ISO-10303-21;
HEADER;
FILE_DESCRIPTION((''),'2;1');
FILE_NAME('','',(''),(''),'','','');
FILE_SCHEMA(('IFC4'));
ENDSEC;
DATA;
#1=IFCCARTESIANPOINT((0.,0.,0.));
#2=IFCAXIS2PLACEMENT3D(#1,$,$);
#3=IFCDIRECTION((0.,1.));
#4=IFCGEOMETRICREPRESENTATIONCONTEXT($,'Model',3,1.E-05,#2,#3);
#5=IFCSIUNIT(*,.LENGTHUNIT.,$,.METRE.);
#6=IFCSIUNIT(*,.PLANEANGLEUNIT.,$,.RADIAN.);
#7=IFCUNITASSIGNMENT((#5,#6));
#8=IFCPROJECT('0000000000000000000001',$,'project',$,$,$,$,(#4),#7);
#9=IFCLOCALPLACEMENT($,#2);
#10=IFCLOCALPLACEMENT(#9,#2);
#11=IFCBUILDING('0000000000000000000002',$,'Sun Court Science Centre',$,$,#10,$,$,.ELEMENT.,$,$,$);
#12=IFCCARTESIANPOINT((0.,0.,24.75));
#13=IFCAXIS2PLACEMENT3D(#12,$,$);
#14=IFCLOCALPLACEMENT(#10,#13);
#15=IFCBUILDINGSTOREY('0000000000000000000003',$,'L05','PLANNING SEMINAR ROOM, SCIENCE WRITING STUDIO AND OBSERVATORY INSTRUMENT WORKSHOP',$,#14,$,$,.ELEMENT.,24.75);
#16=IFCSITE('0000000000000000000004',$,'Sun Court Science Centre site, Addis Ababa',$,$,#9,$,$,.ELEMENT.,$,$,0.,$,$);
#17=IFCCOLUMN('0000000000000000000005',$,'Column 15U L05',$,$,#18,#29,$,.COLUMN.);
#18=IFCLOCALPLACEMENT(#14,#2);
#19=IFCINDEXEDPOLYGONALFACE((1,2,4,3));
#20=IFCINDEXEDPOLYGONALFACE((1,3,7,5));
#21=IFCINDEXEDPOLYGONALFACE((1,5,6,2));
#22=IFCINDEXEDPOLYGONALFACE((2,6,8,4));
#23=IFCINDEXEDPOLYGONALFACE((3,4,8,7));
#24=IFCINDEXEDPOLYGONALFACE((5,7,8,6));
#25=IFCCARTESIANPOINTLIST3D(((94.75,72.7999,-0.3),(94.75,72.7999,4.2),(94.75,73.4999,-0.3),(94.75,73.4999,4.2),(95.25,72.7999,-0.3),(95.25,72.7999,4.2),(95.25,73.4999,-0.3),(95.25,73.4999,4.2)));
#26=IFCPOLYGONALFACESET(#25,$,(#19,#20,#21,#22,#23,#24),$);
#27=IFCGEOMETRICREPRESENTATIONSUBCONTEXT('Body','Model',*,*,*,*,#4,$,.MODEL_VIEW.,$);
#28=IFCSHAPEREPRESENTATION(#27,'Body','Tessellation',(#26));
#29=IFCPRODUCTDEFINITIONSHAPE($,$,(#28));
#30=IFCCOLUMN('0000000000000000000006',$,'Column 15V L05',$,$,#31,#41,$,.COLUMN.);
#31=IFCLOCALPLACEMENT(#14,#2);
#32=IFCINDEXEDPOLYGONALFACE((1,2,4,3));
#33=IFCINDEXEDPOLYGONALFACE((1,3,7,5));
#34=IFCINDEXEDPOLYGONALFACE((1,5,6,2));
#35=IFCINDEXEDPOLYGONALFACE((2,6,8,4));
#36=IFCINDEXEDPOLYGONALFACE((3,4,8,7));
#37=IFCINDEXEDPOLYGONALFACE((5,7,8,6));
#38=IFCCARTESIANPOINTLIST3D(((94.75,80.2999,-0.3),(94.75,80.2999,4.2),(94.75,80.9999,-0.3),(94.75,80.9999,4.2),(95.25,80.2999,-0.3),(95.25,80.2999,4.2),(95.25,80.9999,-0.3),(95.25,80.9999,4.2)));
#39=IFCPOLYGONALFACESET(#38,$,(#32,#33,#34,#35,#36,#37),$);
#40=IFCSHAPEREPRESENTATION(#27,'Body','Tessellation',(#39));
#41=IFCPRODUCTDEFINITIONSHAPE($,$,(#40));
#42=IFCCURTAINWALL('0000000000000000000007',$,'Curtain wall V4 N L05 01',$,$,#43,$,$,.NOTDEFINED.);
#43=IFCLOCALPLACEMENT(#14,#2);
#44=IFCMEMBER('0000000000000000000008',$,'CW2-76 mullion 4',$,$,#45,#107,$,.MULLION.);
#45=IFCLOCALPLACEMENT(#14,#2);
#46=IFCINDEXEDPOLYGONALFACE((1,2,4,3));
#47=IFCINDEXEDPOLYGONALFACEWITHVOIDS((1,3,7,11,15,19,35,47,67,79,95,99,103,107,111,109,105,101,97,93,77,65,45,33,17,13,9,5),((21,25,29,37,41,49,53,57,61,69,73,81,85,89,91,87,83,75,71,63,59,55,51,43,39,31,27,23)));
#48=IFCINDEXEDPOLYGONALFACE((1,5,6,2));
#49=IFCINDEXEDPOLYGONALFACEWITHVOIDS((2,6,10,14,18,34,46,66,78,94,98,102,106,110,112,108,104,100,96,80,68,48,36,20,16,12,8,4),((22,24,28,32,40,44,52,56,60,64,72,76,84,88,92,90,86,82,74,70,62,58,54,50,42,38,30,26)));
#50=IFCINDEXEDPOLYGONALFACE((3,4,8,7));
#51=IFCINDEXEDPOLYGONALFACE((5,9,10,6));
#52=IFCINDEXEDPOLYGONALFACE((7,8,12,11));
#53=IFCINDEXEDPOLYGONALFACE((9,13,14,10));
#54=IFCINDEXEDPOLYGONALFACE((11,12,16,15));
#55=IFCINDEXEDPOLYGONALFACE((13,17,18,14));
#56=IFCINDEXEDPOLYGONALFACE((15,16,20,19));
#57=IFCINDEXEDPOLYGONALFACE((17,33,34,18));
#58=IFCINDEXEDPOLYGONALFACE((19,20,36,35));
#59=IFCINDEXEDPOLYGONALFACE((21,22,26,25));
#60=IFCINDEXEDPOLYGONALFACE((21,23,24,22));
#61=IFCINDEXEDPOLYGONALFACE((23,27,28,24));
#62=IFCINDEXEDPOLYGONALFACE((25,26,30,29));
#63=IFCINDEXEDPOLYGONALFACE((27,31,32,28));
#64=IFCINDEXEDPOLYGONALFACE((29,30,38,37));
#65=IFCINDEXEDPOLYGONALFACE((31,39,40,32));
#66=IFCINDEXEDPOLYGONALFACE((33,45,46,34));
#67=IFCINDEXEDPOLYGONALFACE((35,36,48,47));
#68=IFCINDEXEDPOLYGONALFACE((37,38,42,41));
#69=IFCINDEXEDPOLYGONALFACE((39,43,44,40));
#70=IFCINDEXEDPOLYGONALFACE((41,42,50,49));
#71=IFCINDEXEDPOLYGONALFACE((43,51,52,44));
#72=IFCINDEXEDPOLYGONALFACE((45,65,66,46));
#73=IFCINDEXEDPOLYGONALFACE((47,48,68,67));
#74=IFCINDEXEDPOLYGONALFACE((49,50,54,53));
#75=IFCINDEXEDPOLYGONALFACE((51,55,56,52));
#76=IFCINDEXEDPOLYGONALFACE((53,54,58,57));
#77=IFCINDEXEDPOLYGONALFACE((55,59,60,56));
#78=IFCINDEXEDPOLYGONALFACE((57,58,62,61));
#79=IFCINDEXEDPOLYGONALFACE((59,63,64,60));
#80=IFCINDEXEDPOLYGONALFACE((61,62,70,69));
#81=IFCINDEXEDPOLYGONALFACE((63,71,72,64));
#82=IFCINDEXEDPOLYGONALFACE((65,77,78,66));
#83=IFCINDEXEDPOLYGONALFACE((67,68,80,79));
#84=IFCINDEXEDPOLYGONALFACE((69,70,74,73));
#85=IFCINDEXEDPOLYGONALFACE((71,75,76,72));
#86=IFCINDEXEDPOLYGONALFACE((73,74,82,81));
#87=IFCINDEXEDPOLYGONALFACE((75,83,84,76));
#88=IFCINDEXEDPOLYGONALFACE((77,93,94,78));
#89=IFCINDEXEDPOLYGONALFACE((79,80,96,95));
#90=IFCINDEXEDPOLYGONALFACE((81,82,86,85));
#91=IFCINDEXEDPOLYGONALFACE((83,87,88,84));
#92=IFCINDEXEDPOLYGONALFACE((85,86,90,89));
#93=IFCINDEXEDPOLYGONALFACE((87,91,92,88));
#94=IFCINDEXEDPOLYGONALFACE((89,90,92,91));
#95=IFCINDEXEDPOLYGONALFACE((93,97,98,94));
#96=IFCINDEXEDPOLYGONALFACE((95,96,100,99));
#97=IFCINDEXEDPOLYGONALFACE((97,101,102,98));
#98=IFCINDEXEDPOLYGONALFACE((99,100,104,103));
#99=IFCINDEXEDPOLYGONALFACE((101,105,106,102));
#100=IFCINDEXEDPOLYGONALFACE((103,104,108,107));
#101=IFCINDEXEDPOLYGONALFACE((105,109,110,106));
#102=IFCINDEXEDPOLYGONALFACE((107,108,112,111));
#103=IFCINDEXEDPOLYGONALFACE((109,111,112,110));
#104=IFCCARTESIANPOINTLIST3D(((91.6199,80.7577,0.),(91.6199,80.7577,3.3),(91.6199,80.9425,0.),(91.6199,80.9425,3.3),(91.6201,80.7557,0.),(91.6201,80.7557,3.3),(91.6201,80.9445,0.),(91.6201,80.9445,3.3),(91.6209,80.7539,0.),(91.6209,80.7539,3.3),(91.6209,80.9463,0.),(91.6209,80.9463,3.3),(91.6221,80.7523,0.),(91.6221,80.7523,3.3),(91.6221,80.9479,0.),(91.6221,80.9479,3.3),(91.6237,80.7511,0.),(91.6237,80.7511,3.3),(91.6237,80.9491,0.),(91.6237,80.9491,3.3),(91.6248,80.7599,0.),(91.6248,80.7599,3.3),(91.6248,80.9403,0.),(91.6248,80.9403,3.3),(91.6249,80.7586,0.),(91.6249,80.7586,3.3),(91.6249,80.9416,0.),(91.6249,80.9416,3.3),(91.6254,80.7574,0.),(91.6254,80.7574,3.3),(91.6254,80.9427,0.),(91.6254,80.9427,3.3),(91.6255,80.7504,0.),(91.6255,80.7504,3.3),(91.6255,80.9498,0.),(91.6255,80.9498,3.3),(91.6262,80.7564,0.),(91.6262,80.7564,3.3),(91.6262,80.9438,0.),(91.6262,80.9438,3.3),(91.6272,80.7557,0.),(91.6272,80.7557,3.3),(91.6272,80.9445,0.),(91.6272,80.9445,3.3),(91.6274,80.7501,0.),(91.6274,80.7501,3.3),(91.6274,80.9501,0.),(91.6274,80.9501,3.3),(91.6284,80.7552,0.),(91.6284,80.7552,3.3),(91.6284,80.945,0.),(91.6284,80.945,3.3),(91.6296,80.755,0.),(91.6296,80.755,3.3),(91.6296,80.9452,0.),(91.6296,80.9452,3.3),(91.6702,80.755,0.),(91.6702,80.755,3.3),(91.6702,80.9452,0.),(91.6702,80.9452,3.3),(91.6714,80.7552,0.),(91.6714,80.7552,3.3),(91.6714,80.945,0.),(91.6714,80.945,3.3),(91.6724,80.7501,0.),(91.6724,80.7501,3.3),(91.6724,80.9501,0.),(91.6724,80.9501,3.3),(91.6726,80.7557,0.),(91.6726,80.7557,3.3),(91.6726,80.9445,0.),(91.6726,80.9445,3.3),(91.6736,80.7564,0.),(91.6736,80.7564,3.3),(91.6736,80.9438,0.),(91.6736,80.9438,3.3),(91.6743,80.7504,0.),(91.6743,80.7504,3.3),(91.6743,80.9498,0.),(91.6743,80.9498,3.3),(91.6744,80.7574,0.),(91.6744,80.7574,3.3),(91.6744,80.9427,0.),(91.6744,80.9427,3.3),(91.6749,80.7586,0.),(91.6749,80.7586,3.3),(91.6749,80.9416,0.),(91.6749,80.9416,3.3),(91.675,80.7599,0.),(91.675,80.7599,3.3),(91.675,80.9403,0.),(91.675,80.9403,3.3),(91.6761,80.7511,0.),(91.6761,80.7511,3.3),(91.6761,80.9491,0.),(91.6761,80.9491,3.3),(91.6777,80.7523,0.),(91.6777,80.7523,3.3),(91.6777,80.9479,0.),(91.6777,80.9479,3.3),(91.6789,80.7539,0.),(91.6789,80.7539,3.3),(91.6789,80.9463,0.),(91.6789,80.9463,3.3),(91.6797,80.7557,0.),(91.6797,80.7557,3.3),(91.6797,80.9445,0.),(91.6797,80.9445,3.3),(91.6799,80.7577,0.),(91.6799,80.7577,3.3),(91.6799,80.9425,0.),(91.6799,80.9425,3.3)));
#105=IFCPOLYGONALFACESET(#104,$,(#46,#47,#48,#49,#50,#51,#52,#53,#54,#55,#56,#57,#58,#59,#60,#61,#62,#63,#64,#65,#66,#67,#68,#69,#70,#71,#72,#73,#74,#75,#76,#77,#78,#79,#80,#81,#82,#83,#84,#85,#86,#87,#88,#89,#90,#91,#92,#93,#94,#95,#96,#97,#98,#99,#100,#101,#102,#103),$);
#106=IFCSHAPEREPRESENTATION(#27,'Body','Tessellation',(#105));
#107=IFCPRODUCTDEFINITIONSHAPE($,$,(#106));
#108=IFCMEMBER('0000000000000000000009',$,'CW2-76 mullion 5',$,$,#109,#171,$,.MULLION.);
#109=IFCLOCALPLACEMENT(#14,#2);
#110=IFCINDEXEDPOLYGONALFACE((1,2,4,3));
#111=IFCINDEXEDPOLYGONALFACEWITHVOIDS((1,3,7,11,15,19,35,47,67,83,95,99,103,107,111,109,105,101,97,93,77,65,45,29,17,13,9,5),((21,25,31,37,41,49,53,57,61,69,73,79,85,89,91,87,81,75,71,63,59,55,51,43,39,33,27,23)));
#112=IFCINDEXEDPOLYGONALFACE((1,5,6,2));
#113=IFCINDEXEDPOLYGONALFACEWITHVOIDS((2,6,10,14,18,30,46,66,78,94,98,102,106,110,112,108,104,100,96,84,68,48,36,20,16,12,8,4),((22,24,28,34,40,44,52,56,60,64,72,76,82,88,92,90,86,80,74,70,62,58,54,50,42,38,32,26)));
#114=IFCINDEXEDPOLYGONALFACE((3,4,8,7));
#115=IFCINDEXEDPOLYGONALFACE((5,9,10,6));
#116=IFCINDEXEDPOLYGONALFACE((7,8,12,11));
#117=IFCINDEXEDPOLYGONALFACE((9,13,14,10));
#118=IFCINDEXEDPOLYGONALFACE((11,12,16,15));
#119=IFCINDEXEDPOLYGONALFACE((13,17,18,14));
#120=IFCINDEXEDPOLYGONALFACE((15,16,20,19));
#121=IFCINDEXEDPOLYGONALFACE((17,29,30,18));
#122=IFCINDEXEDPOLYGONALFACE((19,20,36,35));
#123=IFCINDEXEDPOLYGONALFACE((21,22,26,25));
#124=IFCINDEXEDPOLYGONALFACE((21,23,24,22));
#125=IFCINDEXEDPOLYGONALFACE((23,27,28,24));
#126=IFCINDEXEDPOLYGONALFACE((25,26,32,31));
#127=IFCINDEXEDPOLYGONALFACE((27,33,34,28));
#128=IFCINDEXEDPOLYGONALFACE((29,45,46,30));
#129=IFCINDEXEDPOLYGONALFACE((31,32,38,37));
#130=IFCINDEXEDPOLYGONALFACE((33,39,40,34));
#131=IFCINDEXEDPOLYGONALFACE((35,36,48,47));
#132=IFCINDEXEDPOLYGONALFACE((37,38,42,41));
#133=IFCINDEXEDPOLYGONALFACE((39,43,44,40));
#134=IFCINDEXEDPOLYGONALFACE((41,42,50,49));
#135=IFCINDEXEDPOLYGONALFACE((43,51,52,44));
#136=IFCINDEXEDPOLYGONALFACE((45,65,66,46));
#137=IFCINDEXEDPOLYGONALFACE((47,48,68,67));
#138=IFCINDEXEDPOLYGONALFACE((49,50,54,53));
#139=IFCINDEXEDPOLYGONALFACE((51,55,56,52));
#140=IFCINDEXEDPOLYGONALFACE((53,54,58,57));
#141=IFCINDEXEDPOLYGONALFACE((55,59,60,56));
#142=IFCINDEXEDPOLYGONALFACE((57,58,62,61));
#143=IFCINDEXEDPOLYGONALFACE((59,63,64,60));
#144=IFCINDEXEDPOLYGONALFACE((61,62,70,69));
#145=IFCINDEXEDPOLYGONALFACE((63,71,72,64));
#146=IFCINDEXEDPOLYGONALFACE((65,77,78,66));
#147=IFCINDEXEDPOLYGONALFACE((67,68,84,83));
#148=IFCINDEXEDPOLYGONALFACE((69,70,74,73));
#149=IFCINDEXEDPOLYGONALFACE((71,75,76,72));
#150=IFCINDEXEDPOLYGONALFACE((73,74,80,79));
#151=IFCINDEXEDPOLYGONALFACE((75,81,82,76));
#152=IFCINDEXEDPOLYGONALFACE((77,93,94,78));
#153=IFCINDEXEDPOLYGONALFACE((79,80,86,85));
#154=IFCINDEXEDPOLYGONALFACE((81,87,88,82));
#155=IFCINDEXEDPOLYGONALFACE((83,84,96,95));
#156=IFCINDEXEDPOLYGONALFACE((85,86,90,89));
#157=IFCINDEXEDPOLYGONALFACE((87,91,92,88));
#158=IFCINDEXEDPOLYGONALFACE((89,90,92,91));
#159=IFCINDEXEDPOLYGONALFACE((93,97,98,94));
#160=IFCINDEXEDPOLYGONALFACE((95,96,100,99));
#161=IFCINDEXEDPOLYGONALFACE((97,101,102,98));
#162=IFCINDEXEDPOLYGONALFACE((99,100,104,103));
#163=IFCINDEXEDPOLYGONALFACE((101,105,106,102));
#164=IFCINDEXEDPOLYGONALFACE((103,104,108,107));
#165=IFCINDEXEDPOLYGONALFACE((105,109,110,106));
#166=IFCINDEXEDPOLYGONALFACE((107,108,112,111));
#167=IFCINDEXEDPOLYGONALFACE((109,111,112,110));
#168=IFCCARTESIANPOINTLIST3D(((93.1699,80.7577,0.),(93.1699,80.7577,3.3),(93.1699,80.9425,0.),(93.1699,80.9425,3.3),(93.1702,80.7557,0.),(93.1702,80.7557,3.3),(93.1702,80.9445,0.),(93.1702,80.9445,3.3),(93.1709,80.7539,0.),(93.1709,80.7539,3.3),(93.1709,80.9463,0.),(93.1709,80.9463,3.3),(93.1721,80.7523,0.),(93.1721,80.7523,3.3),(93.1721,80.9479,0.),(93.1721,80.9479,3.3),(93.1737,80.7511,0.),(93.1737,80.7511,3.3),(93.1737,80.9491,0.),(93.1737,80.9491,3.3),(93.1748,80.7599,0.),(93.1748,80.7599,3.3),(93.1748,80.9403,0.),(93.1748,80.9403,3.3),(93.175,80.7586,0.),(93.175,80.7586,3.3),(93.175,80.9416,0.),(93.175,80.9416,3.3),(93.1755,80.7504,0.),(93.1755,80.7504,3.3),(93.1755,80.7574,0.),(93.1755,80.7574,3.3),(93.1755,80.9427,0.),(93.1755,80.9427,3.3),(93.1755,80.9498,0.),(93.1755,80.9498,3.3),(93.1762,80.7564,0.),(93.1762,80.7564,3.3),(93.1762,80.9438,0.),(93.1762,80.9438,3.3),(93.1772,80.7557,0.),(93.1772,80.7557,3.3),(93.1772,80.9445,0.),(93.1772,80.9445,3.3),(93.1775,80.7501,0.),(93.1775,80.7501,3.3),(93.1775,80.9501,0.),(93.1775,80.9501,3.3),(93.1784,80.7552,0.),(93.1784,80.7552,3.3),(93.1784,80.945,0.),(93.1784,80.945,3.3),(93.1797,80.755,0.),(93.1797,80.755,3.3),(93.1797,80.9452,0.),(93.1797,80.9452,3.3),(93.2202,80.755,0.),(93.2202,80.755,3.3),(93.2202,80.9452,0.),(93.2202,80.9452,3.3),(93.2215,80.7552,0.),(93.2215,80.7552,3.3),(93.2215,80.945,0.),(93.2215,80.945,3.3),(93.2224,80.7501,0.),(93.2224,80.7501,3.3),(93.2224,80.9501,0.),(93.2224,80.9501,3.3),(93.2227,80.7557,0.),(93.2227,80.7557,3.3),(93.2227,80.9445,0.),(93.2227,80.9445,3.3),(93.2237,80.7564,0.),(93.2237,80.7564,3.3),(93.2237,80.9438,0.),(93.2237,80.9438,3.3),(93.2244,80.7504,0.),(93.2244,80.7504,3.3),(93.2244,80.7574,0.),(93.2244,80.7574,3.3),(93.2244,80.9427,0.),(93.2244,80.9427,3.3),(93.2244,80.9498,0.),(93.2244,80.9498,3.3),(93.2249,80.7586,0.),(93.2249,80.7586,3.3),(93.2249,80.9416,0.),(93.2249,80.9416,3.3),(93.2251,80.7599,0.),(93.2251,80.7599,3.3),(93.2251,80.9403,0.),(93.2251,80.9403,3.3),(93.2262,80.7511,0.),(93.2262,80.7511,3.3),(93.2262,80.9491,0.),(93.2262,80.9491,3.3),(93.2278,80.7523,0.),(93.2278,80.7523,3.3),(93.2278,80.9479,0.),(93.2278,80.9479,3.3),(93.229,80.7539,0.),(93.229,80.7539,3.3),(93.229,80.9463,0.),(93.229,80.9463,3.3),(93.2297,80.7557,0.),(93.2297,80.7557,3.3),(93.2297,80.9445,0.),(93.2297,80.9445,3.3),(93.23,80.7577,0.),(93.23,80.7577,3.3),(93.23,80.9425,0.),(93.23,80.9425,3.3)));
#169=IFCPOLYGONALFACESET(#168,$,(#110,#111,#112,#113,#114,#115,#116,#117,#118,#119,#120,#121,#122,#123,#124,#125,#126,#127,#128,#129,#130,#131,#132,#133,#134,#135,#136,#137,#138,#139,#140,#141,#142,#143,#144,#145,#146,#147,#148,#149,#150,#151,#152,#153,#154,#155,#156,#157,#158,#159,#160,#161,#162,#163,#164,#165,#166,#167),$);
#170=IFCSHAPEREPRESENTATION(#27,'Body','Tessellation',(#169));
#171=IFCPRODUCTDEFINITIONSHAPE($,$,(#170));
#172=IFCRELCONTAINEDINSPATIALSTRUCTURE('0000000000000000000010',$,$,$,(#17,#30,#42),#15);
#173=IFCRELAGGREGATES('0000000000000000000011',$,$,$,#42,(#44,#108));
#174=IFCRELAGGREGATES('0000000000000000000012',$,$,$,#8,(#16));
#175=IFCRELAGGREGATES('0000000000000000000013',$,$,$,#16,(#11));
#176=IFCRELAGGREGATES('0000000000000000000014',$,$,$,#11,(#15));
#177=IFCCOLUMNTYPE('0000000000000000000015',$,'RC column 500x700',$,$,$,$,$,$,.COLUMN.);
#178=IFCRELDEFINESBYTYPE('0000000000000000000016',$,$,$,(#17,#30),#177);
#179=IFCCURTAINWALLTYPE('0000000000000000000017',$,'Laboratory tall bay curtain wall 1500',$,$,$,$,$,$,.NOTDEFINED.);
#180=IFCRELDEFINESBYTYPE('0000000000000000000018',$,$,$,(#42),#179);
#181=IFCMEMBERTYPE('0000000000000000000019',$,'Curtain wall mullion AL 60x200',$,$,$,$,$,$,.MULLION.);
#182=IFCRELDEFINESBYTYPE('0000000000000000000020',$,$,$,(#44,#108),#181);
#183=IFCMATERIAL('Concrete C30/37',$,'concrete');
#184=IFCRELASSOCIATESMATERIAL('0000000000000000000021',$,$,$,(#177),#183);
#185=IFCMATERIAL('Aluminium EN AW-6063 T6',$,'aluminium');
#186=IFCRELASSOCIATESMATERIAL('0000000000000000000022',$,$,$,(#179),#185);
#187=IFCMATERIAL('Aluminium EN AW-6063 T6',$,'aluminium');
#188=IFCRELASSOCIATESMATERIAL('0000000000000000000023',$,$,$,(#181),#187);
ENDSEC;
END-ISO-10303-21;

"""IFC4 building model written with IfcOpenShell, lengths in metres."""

from ifc_helpers import new_model, si_unit, direction, frame, origin, origin_2d, place, context, subcontext, project, spatial, rectangle, hollow_rectangle, extrude, material, material_profile, profile_set, type_object, element, aggregate, save


model = new_model("IFC4")

# Units and contexts
model_context = context("Model", 3, precision=1e-05, world=origin(), true_north=direction((0.0, 1.0)))
body_context = subcontext(model_context, "Body", "Model", "MODEL_VIEW")
ifc_project = project(units=[si_unit("LENGTHUNIT", "METRE"), si_unit("PLANEANGLEUNIT", "RADIAN")], contexts=[model_context])

# Site, building, storey
site_placement = place(None, origin())
site = spatial("IfcSite", under=ifc_project, at=site_placement, Name="Sun Court Science Centre site, Addis Ababa", CompositionType="ELEMENT", RefElevation=0.0)
building_placement = place(site_placement, origin())
building = spatial("IfcBuilding", under=site, at=building_placement, Name="Sun Court Science Centre", CompositionType="ELEMENT")
storey_placement = place(building_placement, frame((0.0, 0.0, 24.75)))
storey = spatial("IfcBuildingStorey", under=building, at=storey_placement, Name="L05", Description="PLANNING SEMINAR ROOM, SCIENCE WRITING STUDIO AND OBSERVATORY INSTRUMENT WORKSHOP", CompositionType="ELEMENT", Elevation=24.75)

# Columns
ifc_material_1 = material(Name="Concrete C30/37", Category="concrete")
ifc_material_profile_1 = material_profile(ifc_material_1, rectangle(XDim=0.5, YDim=0.7, at=origin_2d()), Name="RC 500x700")
ifc_profile_set_1 = profile_set([ifc_material_profile_1], Name="Concrete C30/37")
column_type = type_object("IfcColumnType", Name="RC column 500x700", PredefinedType="COLUMN", material=ifc_profile_set_1)
for number, where, z_axis, x_axis, name in (
    (1, (95.0, 73.1499, -0.3), (0.0, 0.0, 1.0), (1.0, 0.0, 0.0), "Column 15U L05"),
    (2, (95.0, 80.6499, -0.3), (0.0, 0.0, 1.0), (1.0, 0.0, 0.0), "Column 15V L05"),
):
    element("IfcColumn", number, at=place(storey_placement, frame(where, z_axis=z_axis, x_axis=x_axis)), inside=storey, type_object=column_type, Name=name, PredefinedType="COLUMN", context=body_context, shape_type="SweptSolid", body=[
        extrude(rectangle(XDim=0.5, YDim=0.7, at=origin_2d()), origin(), (0.0, 0.0, 1.0), 4.5),
    ])

# Curtain wall, members
ifc_material_2 = material(Name="Aluminium EN AW-6063 T6", Category="aluminium")
curtain_wall_type = type_object("IfcCurtainWallType", Name="Laboratory tall bay curtain wall 1500", PredefinedType="NOTDEFINED", material=ifc_material_2)
curtain_wall_placement = place(storey_placement, origin())
curtain_wall = element("IfcCurtainWall", 3, at=curtain_wall_placement, inside=storey, type_object=curtain_wall_type, Name="Curtain wall V4 N L05 01", PredefinedType="NOTDEFINED")
ifc_material_3 = material(Name="Aluminium EN AW-6063 T6", Category="aluminium")
ifc_material_profile_2 = material_profile(ifc_material_3, hollow_rectangle(XDim=0.0601, YDim=0.2, WallThickness=0.0049, InnerFilletRadius=0.0049, OuterFilletRadius=0.0076, at=origin_2d()), Name="AL 60x200x5")
ifc_profile_set_2 = profile_set([ifc_material_profile_2], Name="Aluminium EN AW-6063 T6")
member_type_1 = type_object("IfcMemberType", Name="Curtain wall mullion AL 60x200", PredefinedType="MULLION", material=ifc_profile_set_2)
member_1_placement = place(storey_placement, frame((91.6499, 80.8501, 0.0), z_axis=(0.0, 0.0, 1.0), x_axis=(1.0, 0.0, 0.0)))
member_1 = element("IfcMember", 4, at=member_1_placement, type_object=member_type_1, Name="CW2-76 mullion 4", PredefinedType="MULLION", context=body_context, shape_type="SweptSolid", body=[
    extrude(hollow_rectangle(XDim=0.0601, YDim=0.2, WallThickness=0.0049, InnerFilletRadius=0.0049, OuterFilletRadius=0.0076, at=origin_2d()), origin(), (0.0, 0.0, 1.0), 3.3),
])
member_2_placement = place(storey_placement, frame((93.2, 80.8501, 0.0), z_axis=(0.0, 0.0, 1.0), x_axis=(1.0, 0.0, 0.0)))
member_2 = element("IfcMember", 5, at=member_2_placement, type_object=member_type_1, Name="CW2-76 mullion 5", PredefinedType="MULLION", context=body_context, shape_type="SweptSolid", body=[
    extrude(hollow_rectangle(XDim=0.0601, YDim=0.2, WallThickness=0.0049, InnerFilletRadius=0.0049, OuterFilletRadius=0.0076, at=origin_2d()), origin(), (0.0, 0.0, 1.0), 3.3),
])

aggregate(curtain_wall, [member_1, member_2])

save(model, "model.ifc")
